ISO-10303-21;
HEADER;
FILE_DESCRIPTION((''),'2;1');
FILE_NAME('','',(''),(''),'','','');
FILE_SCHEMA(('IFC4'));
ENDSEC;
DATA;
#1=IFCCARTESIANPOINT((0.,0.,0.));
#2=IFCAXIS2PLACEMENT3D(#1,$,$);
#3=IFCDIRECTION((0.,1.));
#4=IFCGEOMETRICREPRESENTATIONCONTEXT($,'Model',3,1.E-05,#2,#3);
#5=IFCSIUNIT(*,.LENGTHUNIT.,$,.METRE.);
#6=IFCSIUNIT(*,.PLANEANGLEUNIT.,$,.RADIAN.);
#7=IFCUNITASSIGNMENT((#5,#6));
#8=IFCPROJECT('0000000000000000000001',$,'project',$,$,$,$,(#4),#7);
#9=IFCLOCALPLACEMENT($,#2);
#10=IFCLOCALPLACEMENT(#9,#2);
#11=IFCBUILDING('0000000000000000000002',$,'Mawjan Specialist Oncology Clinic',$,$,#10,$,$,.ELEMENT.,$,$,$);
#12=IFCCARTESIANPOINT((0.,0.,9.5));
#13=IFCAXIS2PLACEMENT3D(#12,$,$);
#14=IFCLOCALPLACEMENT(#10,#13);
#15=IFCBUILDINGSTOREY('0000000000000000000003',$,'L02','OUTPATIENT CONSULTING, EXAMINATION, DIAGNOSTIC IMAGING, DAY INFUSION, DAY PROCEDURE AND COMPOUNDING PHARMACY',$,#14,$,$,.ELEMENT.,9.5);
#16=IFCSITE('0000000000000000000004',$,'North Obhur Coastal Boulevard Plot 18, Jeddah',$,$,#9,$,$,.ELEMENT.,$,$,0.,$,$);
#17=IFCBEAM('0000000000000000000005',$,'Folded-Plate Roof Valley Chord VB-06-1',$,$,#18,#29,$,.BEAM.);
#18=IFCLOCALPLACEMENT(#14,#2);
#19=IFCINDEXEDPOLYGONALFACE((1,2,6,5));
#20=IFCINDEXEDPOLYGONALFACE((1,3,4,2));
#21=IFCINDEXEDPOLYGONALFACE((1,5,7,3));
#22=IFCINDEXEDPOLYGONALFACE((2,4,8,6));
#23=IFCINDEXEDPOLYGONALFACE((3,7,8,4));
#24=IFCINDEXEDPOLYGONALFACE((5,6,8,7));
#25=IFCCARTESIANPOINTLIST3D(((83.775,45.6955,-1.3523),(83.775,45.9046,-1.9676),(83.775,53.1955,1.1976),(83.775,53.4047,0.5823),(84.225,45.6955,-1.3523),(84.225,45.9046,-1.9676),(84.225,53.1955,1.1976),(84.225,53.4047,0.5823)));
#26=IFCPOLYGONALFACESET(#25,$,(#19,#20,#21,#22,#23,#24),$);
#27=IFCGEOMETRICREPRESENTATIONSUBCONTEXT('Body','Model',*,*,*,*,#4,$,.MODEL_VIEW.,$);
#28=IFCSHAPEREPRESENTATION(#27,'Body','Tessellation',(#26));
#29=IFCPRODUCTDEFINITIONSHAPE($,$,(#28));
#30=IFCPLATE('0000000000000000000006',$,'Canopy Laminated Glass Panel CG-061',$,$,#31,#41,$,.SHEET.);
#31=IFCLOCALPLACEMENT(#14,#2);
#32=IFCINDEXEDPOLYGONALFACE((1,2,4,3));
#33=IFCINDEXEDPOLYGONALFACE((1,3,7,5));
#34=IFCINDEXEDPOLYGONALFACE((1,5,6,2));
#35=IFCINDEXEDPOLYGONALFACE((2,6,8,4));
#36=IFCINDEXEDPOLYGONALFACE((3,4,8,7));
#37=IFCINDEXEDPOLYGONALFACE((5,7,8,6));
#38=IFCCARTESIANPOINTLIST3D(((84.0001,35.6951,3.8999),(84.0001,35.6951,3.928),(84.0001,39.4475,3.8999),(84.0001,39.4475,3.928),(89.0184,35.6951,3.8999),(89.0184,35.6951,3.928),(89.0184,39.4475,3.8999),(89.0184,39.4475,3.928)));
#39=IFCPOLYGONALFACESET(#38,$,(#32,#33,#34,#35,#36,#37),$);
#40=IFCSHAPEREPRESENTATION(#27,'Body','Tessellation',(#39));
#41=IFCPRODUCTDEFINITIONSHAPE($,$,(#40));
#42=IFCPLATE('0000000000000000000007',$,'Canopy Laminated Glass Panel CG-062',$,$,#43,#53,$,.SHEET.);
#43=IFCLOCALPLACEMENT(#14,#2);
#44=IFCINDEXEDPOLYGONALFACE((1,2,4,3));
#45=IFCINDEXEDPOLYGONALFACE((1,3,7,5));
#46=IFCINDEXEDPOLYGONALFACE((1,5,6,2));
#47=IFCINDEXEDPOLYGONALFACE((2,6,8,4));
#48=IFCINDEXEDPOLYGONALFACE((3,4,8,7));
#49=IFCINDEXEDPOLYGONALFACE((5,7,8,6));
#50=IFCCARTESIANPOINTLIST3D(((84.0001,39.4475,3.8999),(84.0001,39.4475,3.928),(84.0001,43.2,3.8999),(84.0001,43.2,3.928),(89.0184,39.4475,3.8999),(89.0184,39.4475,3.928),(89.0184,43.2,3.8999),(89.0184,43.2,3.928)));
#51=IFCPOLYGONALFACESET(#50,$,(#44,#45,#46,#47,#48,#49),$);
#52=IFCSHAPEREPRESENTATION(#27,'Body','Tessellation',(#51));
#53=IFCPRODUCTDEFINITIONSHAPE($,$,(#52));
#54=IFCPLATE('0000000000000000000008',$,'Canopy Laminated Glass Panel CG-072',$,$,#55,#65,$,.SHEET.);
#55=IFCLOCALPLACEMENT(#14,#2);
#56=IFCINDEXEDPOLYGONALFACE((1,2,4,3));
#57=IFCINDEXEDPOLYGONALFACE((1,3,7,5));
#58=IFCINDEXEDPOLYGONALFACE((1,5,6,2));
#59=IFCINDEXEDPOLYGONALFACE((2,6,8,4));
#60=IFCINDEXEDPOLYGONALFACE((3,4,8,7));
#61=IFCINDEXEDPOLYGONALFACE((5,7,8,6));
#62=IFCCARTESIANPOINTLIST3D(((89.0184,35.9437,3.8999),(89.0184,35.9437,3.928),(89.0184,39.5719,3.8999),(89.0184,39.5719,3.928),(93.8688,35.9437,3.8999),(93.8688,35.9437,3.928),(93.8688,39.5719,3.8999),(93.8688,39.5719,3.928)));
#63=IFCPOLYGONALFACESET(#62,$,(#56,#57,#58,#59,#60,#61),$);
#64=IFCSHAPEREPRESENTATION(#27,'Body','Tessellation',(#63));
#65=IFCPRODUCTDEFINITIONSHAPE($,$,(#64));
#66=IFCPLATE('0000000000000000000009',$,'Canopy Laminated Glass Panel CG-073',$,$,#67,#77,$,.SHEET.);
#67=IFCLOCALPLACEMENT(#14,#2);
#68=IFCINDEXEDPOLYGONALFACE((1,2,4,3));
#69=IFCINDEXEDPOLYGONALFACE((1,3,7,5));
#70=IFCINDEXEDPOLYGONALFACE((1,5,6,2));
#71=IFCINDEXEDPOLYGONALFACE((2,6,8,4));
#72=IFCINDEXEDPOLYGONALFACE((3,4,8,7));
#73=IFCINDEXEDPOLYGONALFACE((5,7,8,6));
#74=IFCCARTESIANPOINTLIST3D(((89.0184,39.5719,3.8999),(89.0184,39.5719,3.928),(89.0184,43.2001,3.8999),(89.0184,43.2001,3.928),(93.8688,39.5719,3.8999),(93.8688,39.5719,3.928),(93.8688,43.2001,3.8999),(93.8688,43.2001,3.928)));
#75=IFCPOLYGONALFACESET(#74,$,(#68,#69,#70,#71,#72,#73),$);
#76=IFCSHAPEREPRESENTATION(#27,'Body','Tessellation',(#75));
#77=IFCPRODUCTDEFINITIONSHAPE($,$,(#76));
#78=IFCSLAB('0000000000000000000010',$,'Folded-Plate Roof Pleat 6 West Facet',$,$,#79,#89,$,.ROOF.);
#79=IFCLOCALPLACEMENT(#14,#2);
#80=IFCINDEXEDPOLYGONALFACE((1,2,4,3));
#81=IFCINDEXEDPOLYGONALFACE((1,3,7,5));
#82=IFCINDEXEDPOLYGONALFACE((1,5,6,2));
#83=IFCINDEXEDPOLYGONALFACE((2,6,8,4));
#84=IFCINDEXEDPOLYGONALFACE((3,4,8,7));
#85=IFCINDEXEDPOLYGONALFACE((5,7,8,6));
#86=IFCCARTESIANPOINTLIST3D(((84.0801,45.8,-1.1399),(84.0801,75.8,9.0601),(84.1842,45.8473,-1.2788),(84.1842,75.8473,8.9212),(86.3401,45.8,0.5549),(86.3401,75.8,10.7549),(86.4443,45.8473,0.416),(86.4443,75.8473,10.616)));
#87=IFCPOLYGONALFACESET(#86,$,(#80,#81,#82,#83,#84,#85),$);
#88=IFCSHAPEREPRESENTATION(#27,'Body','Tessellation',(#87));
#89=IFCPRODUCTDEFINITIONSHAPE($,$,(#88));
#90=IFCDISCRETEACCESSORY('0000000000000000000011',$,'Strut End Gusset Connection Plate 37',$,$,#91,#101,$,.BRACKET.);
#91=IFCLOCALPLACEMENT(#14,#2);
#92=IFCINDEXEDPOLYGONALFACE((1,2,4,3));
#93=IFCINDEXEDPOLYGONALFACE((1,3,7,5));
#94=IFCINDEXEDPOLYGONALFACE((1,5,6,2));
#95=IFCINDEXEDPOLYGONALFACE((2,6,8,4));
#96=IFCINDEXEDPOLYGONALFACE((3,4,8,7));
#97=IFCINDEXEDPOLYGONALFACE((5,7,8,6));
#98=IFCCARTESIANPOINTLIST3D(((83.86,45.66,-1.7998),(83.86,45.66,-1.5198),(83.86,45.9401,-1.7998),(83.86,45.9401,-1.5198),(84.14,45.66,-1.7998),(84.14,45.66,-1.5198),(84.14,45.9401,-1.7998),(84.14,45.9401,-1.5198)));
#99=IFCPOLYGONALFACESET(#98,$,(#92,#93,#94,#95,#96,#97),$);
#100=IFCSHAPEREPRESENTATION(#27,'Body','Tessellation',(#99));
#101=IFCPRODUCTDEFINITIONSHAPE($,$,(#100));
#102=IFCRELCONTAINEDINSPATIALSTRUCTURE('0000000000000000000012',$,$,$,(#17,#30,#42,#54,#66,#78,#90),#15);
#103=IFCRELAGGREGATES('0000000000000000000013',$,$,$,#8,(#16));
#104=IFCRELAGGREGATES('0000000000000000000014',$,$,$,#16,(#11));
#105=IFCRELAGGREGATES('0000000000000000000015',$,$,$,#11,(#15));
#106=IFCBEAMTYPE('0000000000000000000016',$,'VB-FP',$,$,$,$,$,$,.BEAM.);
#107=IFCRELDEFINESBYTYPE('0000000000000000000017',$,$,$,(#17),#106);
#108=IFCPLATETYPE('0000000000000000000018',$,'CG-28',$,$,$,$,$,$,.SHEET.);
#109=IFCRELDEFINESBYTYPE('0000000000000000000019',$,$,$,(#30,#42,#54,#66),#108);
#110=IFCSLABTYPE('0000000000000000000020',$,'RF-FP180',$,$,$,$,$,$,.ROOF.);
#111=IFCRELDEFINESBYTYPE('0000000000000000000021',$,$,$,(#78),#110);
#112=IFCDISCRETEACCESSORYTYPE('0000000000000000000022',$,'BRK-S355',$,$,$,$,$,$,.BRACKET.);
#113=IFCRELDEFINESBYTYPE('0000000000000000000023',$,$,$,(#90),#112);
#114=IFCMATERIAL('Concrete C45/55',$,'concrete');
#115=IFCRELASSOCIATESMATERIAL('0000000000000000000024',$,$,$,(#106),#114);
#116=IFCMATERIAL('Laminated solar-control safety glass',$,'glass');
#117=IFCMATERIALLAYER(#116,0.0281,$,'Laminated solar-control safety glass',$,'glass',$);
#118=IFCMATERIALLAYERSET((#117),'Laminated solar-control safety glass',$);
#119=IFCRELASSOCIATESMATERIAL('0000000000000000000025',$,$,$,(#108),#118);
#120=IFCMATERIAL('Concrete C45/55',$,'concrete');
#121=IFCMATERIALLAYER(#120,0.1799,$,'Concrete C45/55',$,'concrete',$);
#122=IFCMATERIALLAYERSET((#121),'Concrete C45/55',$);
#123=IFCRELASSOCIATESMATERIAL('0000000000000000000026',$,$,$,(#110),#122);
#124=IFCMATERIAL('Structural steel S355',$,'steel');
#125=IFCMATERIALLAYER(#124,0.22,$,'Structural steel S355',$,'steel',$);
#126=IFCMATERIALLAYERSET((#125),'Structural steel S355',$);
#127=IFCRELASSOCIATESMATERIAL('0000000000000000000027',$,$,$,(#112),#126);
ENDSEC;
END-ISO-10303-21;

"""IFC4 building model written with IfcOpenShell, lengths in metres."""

from ifc_helpers import new_model, si_unit, direction, frame, origin, origin_2d, place, context, subcontext, project, spatial, polyline, rectangle, outline, extrude, material, layer, layer_set, material_profile, profile_set, type_object, element, save


model = new_model("IFC4")

# Units and contexts
model_context = context("Model", 3, precision=1e-05, world=origin(), true_north=direction((0.0, 1.0)))
body_context = subcontext(model_context, "Body", "Model", "MODEL_VIEW")
ifc_project = project(units=[si_unit("LENGTHUNIT", "METRE"), si_unit("PLANEANGLEUNIT", "RADIAN")], contexts=[model_context])

# Site, building, storey
site_placement = place(None, origin())
site = spatial("IfcSite", under=ifc_project, at=site_placement, Name="North Obhur Coastal Boulevard Plot 18, Jeddah", CompositionType="ELEMENT", RefElevation=0.0)
building_placement = place(site_placement, origin())
building = spatial("IfcBuilding", under=site, at=building_placement, Name="Mawjan Specialist Oncology Clinic", CompositionType="ELEMENT")
storey_placement = place(building_placement, frame((0.0, 0.0, 9.5)))
storey = spatial("IfcBuildingStorey", under=building, at=storey_placement, Name="L02", Description="OUTPATIENT CONSULTING, EXAMINATION, DIAGNOSTIC IMAGING, DAY INFUSION, DAY PROCEDURE AND COMPOUNDING PHARMACY", CompositionType="ELEMENT", Elevation=9.5)

# Beam
ifc_material_1 = material(Name="Concrete C45/55", Category="concrete")
ifc_material_profile_1 = material_profile(ifc_material_1, rectangle(XDim=0.45, YDim=0.6499, at=origin_2d()), Name="RC VALLEY 450x650", Category="concrete")
ifc_profile_set_1 = profile_set([ifc_material_profile_1], Name="Concrete C45/55")
beam_type_1 = type_object("IfcBeamType", Name="VB-FP", PredefinedType="BEAM", material=ifc_profile_set_1)
beam_1_placement = place(storey_placement, frame((84.0, 45.8, -1.6599), z_axis=(0.0, 0.94678, 0.321881), x_axis=(-1.0, 0.0, 0.0)))
element("IfcBeam", 1, at=beam_1_placement, inside=storey, type_object=beam_type_1, Name="Folded-Plate Roof Valley Chord VB-06-1", PredefinedType="BEAM", context=body_context, shape_type="SweptSolid", body=[
    extrude(rectangle(XDim=0.45, YDim=0.6499, at=origin_2d()), origin(), (0.0, 0.0, 1.0), 7.9216),
])

# Plates
ifc_material_2 = material(Name="Laminated solar-control safety glass", Category="glass")
ifc_layer_1 = layer(ifc_material_2, 0.0281, Name="Laminated solar-control safety glass", Category="glass")
ifc_layer_set_1 = layer_set([ifc_layer_1], Name="Laminated solar-control safety glass")
plate_type = type_object("IfcPlateType", Name="CG-28", PredefinedType="SHEET", material=ifc_layer_set_1)
for number, where, z_axis, x_axis, name in (
    (2, (86.5093, 37.5713, 3.8999), (0.0, 0.0, 1.0), (1.0, 0.0, 0.0), "Canopy Laminated Glass Panel CG-061"),
    (3, (86.5093, 41.3237, 3.8999), (0.0, 0.0, 1.0), (1.0, 0.0, 0.0), "Canopy Laminated Glass Panel CG-062"),
):
    element("IfcPlate", number, at=place(storey_placement, frame(where, z_axis=z_axis, x_axis=x_axis)), inside=storey, type_object=plate_type, Name=name, PredefinedType="SHEET", context=body_context, shape_type="SweptSolid", body=[
        extrude(rectangle(XDim=5.0183, YDim=3.7524, at=origin_2d()), origin(), (0.0, 0.0, 1.0), 0.0281),
    ])
for number, where, z_axis, x_axis, name in (
    (4, (91.4436, 37.7578, 3.8999), (0.0, 0.0, 1.0), (1.0, 0.0, 0.0), "Canopy Laminated Glass Panel CG-072"),
    (5, (91.4436, 41.386, 3.8999), (0.0, 0.0, 1.0), (1.0, 0.0, 0.0), "Canopy Laminated Glass Panel CG-073"),
):
    element("IfcPlate", number, at=place(storey_placement, frame(where, z_axis=z_axis, x_axis=x_axis)), inside=storey, type_object=plate_type, Name=name, PredefinedType="SHEET", context=body_context, shape_type="SweptSolid", body=[
        extrude(rectangle(XDim=4.8503, YDim=3.6282, at=origin_2d()), origin(), (0.0, 0.0, 1.0), 0.0281),
    ])

# Slab
ifc_material_3 = material(Name="Concrete C45/55", Category="concrete")
ifc_layer_2 = layer(ifc_material_3, 0.1799, Name="Concrete C45/55", Category="concrete")
ifc_layer_set_2 = layer_set([ifc_layer_2], Name="Concrete C45/55")
slab_type = type_object("IfcSlabType", Name="RF-FP180", PredefinedType="ROOF", material=ifc_layer_set_2)
slab_placement = place(storey_placement, frame((84.0801, 45.8, -1.1399), z_axis=(-0.578924, -0.262472, 0.771982), x_axis=(0.800031, 0.0, 0.599959)))
element("IfcSlab", 6, at=slab_placement, inside=storey, type_object=slab_type, Name="Folded-Plate Roof Pleat 6 West Facet", PredefinedType="ROOF", context=body_context, shape_type="SweptSolid", body=[
    extrude(outline(polyline([(0.0, 0.0), (2.8249, 0.0), (8.9444, 31.09), (6.1195, 31.09), (0.0, 0.0)])), origin(), (0.0, 0.0, -1.0), 0.1799),
])

# Discrete accessory
ifc_material_4 = material(Name="Structural steel S355", Category="steel")
ifc_layer_3 = layer(ifc_material_4, 0.22, Name="Structural steel S355", Category="steel")
ifc_layer_set_3 = layer_set([ifc_layer_3], Name="Structural steel S355")
discrete_accessory_type = type_object("IfcDiscreteAccessoryType", Name="BRK-S355", PredefinedType="BRACKET", material=ifc_layer_set_3)
discrete_accessory_placement = place(storey_placement, frame((84.0, 45.8, -1.7998), z_axis=(0.0, 0.0, 1.0), x_axis=(1.0, 0.0, 0.0)))
element("IfcDiscreteAccessory", 7, at=discrete_accessory_placement, inside=storey, type_object=discrete_accessory_type, Name="Strut End Gusset Connection Plate 37", PredefinedType="BRACKET", context=body_context, shape_type="SweptSolid", body=[
    extrude(rectangle(XDim=0.28, YDim=0.28, at=origin_2d()), origin(), (0.0, 0.0, 1.0), 0.28),
])

save(model, "model.ifc")
